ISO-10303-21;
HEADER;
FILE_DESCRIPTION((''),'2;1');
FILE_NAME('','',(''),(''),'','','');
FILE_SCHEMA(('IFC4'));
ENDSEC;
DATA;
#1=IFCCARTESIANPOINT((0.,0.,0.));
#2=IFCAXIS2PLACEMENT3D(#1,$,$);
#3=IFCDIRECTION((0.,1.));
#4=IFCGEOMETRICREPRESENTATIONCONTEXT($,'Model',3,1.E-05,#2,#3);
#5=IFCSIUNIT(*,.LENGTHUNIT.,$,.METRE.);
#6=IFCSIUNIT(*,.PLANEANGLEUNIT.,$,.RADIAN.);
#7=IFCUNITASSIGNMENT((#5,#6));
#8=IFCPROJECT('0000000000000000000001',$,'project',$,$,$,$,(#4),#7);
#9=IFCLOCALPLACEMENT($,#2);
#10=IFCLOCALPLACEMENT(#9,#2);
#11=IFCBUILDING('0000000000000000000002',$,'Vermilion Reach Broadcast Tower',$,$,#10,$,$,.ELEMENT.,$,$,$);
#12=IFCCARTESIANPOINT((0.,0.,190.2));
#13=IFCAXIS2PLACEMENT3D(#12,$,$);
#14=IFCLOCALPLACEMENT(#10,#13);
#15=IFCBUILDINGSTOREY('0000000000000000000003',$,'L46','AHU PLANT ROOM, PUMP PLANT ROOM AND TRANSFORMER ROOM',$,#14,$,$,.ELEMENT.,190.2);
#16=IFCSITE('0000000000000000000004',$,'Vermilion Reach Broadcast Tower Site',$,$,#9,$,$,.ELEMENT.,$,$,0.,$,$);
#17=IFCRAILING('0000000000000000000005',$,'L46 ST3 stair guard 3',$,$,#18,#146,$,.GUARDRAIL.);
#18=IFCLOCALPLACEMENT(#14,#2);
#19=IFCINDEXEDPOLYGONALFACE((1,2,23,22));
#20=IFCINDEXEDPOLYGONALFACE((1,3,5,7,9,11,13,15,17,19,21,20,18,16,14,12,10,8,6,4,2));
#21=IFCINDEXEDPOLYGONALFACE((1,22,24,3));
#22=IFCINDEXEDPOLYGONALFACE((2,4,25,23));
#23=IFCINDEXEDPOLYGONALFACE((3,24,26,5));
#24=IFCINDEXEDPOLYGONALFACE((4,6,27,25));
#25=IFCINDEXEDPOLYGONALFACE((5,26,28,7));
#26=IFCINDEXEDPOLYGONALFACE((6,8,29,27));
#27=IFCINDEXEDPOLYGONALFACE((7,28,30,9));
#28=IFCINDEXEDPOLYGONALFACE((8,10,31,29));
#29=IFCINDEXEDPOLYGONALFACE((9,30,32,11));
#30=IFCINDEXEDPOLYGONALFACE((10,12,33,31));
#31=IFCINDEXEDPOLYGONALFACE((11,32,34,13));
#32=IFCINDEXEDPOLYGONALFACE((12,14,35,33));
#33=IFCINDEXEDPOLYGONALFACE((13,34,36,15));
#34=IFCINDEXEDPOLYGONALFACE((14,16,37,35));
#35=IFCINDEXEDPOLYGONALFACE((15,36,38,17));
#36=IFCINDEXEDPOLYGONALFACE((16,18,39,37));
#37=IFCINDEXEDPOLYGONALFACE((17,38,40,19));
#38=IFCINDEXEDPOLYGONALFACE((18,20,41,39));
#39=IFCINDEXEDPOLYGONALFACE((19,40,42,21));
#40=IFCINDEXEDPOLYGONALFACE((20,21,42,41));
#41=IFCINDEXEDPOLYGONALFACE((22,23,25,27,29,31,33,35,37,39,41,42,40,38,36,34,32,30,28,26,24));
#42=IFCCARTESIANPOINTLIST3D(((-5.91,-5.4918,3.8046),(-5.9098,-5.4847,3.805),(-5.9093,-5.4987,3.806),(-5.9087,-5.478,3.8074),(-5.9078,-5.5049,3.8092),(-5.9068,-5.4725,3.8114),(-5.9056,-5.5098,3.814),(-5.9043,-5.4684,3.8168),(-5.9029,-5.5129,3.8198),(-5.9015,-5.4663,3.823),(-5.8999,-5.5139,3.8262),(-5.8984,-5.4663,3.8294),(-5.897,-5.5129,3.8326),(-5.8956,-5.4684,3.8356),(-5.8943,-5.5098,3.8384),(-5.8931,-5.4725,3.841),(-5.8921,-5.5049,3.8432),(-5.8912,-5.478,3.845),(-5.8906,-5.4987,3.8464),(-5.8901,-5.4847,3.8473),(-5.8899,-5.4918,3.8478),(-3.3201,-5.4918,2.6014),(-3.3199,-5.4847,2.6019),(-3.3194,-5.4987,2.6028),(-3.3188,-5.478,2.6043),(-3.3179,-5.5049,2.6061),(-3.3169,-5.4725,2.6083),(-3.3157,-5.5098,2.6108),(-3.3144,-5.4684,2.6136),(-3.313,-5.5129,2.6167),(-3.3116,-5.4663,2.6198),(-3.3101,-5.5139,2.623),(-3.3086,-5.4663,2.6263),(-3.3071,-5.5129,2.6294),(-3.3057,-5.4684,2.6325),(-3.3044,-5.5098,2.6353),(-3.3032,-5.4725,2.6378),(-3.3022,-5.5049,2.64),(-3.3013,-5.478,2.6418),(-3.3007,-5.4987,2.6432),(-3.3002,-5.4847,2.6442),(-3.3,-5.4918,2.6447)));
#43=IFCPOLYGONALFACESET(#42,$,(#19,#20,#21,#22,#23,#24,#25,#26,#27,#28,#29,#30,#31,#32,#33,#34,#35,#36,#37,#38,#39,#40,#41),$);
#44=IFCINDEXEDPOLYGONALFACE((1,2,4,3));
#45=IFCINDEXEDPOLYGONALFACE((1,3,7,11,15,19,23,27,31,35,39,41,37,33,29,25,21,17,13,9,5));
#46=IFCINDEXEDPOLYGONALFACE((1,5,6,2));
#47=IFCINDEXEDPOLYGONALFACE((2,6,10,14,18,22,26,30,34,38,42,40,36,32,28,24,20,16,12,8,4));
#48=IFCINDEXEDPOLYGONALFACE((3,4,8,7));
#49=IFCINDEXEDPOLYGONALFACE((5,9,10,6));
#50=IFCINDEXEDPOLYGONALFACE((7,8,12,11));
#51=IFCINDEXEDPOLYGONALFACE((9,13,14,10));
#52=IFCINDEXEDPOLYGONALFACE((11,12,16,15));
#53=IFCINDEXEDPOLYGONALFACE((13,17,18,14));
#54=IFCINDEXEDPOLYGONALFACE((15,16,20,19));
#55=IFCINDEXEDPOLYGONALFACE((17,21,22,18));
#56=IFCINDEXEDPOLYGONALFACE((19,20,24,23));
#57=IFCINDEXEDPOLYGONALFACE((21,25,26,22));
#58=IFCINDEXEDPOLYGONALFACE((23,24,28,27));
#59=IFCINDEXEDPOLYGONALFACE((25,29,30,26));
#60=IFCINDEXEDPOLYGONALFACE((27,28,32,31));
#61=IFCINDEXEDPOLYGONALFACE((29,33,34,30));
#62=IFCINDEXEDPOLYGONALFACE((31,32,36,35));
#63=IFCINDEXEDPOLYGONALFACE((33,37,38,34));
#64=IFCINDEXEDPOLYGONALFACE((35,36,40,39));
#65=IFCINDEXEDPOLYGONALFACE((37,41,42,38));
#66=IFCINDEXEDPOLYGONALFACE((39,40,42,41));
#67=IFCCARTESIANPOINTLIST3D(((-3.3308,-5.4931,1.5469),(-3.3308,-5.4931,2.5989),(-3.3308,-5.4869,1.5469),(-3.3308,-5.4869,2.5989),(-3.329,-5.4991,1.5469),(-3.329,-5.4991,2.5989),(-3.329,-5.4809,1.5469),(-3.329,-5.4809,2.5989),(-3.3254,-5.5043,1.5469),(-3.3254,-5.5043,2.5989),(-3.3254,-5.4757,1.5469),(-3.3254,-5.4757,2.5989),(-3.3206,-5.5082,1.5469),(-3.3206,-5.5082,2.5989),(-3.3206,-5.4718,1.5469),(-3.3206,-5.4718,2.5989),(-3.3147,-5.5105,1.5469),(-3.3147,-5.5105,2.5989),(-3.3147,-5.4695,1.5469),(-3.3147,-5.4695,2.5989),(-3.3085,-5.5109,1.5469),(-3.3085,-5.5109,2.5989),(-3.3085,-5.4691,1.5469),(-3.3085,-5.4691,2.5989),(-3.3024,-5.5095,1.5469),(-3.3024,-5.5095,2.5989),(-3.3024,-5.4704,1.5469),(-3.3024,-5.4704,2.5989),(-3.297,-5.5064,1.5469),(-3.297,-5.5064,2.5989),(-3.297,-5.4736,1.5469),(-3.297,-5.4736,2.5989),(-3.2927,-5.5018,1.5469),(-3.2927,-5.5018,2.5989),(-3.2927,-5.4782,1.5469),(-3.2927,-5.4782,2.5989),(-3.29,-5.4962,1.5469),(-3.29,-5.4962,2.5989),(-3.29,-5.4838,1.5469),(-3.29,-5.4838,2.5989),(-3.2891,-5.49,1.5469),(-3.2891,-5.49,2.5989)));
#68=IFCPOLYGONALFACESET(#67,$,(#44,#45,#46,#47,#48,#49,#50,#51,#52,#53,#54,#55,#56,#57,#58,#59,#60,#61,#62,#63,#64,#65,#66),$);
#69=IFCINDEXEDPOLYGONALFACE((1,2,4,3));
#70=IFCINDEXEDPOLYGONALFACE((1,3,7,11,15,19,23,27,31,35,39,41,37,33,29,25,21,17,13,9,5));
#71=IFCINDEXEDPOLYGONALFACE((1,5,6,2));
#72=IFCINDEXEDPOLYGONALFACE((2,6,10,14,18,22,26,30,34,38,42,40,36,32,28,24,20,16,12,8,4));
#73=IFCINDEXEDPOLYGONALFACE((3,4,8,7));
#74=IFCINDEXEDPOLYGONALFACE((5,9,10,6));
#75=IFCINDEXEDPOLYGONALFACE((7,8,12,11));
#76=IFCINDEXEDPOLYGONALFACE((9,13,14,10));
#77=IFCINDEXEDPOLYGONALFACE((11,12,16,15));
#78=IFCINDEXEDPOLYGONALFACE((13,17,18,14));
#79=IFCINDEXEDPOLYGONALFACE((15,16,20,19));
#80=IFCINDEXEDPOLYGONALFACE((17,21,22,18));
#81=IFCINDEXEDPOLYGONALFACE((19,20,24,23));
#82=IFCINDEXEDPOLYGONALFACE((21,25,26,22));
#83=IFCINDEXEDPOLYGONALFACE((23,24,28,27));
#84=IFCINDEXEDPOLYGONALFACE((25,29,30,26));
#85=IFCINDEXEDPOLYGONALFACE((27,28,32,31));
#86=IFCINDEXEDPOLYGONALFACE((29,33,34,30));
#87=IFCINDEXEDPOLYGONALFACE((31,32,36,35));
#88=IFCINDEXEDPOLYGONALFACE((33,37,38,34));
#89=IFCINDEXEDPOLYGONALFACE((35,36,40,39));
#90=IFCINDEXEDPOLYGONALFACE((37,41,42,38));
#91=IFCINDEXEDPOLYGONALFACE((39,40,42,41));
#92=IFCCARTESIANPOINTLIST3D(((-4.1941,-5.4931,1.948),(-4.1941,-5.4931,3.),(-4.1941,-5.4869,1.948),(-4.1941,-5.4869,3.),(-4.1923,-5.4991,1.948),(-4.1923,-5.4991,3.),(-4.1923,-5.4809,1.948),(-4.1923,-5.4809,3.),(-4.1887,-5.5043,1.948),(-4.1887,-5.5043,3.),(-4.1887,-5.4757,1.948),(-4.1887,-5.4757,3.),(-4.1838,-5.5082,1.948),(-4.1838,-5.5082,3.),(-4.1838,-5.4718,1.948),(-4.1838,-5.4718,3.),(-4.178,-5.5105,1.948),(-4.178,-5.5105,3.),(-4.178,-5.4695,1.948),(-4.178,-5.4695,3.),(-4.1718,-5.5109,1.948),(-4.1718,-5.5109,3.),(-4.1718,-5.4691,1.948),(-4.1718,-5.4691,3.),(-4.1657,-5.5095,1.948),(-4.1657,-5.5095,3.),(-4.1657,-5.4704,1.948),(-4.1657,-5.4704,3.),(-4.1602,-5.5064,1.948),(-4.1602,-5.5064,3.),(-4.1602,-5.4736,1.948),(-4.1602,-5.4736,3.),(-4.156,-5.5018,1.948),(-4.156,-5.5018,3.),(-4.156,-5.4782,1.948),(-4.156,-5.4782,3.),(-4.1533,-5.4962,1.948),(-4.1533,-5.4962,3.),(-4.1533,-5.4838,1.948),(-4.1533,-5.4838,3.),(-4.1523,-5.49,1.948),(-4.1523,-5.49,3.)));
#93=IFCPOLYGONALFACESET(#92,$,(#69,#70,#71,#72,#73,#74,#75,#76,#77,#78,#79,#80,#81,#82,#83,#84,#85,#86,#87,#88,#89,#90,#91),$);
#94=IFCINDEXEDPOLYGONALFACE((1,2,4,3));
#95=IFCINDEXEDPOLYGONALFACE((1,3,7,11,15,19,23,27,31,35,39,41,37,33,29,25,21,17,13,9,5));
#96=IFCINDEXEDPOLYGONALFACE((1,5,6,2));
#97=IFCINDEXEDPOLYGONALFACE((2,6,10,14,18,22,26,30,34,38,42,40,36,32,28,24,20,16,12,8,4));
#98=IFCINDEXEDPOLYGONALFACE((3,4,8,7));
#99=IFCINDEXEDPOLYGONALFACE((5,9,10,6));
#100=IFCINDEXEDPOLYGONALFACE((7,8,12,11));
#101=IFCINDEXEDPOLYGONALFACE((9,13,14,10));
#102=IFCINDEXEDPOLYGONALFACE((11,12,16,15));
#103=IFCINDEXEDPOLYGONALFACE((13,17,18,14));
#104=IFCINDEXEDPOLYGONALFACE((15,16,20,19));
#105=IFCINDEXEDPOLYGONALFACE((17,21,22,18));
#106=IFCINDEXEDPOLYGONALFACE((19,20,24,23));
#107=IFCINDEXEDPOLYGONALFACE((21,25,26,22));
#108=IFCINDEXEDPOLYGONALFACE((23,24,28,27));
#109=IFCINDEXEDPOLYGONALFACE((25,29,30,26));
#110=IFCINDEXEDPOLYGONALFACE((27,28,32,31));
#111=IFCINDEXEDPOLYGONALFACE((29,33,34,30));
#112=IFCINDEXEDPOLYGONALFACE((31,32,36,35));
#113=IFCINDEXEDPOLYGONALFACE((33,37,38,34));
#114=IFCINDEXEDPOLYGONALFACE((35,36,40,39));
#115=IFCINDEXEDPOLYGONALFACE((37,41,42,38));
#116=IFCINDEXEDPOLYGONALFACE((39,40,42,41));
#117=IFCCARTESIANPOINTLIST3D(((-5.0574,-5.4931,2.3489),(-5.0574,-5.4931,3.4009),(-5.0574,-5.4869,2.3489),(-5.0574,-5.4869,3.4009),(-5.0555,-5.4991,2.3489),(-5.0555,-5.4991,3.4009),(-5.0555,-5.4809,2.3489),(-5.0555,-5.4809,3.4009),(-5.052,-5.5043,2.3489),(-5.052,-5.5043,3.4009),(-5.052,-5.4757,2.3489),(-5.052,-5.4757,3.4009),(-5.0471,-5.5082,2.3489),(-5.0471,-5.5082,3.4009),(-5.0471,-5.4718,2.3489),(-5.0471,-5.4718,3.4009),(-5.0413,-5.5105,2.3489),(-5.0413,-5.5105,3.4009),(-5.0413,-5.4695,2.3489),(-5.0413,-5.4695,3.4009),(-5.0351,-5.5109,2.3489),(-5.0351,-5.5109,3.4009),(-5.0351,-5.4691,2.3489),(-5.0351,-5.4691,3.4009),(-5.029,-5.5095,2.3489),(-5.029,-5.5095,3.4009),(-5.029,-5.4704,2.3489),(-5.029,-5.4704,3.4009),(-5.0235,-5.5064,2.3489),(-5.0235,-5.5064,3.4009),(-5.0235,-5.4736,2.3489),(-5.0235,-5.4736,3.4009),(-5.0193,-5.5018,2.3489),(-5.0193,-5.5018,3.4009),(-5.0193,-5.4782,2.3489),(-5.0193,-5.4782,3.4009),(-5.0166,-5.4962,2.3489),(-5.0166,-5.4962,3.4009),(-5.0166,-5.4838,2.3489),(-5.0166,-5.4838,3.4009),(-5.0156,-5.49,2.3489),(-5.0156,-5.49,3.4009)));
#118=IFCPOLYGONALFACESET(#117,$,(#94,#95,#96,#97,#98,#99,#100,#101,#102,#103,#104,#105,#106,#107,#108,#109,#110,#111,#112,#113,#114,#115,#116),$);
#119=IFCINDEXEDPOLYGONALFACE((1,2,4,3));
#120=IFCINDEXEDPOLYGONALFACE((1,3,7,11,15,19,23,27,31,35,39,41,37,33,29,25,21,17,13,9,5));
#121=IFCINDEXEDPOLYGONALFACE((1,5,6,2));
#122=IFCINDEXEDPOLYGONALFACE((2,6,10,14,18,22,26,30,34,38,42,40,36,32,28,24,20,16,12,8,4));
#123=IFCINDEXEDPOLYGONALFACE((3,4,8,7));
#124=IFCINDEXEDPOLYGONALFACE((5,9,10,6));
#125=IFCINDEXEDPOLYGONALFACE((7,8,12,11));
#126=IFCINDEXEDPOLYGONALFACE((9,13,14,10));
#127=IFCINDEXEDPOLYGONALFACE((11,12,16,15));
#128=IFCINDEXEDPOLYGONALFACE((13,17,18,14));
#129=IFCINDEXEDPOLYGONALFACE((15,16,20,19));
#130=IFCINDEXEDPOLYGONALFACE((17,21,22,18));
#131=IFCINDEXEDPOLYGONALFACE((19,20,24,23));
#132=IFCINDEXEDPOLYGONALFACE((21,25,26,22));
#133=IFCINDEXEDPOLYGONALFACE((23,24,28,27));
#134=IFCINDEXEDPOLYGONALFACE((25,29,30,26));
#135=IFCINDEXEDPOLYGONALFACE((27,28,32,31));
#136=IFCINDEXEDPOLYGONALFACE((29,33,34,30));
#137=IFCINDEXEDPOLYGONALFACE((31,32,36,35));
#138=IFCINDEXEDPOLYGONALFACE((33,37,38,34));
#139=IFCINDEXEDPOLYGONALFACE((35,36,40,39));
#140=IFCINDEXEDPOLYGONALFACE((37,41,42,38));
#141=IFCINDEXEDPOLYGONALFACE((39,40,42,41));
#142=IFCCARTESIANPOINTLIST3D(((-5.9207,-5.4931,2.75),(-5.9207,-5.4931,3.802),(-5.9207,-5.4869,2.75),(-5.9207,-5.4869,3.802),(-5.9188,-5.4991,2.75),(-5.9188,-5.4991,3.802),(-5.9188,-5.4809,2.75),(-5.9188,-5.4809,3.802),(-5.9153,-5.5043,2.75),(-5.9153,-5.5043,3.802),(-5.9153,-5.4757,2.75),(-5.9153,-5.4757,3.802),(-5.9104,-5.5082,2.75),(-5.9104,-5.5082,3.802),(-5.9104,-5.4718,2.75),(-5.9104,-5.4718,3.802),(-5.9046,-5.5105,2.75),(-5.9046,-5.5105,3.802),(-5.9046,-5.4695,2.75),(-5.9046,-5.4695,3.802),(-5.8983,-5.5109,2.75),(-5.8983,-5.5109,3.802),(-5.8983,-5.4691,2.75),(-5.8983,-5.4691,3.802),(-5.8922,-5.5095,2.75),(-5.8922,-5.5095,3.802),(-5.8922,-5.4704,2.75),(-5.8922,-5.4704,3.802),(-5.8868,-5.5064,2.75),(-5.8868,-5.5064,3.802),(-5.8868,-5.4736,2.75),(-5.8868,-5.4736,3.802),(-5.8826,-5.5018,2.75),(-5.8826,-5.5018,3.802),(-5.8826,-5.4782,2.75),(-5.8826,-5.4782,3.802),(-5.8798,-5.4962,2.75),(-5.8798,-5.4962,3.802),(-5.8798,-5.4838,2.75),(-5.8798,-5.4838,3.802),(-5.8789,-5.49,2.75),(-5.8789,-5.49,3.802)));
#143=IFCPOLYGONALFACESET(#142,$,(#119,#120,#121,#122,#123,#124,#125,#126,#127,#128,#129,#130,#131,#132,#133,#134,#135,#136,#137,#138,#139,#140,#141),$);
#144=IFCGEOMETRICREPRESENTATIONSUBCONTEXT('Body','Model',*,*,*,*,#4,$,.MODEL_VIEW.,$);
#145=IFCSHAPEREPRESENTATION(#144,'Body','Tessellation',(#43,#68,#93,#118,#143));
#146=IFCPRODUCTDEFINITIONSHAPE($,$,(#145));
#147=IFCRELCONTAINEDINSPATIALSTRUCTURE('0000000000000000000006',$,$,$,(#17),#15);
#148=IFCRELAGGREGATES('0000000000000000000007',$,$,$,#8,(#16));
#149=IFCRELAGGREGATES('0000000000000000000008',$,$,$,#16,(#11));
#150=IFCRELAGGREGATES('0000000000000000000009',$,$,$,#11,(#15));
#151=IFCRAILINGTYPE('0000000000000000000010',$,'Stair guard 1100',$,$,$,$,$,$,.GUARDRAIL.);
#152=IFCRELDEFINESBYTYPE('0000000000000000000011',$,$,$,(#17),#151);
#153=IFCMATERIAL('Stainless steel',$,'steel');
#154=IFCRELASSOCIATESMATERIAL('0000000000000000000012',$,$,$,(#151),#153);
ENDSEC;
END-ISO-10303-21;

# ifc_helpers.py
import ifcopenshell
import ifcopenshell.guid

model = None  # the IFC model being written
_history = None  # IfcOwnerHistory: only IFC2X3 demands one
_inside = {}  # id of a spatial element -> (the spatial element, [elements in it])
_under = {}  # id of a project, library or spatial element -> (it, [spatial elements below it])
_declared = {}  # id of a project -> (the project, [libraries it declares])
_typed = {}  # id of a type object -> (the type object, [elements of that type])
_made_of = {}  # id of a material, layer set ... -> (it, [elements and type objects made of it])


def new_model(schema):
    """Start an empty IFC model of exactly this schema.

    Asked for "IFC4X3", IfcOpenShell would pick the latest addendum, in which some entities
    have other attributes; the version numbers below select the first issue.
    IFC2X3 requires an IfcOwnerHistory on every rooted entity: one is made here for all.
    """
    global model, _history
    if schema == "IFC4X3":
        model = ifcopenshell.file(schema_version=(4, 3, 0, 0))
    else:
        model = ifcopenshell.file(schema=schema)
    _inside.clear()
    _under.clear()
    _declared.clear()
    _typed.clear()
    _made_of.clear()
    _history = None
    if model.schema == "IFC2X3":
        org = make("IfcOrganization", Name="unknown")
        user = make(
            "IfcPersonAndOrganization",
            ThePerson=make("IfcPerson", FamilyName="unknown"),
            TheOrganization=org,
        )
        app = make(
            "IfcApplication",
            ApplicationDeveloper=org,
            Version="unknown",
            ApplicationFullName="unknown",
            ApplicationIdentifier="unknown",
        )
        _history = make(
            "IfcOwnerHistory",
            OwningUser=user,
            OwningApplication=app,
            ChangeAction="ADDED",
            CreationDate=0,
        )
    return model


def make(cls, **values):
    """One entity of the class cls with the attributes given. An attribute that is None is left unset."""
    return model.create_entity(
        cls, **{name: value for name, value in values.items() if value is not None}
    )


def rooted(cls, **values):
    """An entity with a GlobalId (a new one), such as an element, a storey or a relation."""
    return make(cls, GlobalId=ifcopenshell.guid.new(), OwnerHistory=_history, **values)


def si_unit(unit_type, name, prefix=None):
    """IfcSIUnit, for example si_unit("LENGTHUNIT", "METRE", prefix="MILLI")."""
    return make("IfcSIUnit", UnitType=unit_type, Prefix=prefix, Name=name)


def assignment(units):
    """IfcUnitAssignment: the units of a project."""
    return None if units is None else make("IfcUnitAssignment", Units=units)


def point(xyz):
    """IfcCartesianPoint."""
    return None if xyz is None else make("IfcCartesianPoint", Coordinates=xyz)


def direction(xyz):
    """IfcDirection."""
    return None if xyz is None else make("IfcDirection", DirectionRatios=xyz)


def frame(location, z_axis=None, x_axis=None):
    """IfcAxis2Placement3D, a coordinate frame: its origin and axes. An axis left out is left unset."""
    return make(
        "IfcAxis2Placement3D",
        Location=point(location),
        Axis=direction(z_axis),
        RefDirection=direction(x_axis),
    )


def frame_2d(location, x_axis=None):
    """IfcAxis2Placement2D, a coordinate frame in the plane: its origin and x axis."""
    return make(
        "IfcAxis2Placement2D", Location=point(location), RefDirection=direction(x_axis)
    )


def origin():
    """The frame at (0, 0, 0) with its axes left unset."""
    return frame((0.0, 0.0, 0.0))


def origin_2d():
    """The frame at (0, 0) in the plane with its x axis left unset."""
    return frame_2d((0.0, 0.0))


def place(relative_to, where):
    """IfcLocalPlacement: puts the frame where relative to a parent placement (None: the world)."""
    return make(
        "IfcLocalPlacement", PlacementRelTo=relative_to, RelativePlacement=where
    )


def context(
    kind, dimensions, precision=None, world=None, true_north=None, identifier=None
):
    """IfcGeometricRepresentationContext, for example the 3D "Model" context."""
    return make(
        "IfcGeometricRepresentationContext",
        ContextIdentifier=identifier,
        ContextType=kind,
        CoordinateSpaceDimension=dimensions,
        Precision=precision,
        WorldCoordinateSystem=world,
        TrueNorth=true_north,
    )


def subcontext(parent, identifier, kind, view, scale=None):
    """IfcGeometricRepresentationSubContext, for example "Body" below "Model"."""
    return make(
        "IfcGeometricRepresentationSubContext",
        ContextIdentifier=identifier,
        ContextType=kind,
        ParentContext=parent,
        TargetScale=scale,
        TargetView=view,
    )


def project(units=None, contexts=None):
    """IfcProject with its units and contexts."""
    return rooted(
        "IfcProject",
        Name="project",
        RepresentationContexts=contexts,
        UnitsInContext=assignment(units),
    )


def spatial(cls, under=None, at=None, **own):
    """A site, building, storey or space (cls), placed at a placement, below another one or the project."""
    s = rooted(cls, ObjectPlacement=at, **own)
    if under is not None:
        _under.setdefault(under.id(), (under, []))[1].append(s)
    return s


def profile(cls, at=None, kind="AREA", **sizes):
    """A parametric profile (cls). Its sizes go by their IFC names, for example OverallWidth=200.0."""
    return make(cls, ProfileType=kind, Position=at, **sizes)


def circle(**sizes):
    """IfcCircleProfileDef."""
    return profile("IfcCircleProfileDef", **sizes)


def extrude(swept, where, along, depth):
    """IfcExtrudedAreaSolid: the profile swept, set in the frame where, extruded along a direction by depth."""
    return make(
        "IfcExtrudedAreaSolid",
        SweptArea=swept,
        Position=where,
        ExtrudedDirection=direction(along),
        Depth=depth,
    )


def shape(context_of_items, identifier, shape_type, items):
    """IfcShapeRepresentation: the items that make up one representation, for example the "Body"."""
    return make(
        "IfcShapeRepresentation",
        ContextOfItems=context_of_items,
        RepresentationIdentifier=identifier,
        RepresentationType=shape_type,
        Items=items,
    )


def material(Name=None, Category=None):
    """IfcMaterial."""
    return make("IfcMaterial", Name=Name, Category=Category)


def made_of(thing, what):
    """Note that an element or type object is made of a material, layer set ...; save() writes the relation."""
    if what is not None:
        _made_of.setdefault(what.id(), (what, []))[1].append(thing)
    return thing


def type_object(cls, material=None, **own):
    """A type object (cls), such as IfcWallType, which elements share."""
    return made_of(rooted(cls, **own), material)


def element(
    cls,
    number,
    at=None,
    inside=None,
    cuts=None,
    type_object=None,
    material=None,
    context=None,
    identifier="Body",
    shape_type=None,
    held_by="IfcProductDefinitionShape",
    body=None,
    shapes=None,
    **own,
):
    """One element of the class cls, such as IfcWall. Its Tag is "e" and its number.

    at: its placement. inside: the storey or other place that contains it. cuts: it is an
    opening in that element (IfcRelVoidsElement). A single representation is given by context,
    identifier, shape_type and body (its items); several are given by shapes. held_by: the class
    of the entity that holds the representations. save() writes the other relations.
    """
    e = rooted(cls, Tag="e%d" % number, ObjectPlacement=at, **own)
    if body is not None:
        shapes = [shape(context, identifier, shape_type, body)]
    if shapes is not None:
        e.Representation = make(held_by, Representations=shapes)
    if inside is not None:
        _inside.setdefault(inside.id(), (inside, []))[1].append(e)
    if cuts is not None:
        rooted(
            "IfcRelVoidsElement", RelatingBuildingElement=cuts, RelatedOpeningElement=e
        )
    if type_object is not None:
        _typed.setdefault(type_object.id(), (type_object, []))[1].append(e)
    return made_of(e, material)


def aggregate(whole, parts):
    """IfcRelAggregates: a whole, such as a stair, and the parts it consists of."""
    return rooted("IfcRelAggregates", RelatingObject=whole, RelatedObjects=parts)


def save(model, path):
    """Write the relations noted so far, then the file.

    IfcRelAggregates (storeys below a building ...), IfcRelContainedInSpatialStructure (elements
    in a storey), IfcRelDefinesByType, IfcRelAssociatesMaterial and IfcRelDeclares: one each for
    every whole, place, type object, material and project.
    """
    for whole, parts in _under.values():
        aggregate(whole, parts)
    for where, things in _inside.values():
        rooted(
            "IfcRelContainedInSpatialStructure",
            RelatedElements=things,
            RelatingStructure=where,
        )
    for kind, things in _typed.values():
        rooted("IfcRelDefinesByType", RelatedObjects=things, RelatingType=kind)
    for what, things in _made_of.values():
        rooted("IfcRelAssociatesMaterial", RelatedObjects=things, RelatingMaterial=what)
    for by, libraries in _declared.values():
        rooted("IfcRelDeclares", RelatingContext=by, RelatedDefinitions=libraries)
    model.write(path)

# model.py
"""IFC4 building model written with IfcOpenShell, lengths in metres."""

from ifc_helpers import new_model, si_unit, direction, frame, origin, origin_2d, place, context, subcontext, project, spatial, circle, extrude, material, type_object, element, save


model = new_model("IFC4")

# Units and contexts
model_context = context("Model", 3, precision=1e-05, world=origin(), true_north=direction((0.0, 1.0)))
body_context = subcontext(model_context, "Body", "Model", "MODEL_VIEW")
ifc_project = project(units=[si_unit("LENGTHUNIT", "METRE"), si_unit("PLANEANGLEUNIT", "RADIAN")], contexts=[model_context])

# Site, building, storey
site_placement = place(None, origin())
site = spatial("IfcSite", under=ifc_project, at=site_placement, Name="Vermilion Reach Broadcast Tower Site", CompositionType="ELEMENT", RefElevation=0.0)
building_placement = place(site_placement, origin())
building = spatial("IfcBuilding", under=site, at=building_placement, Name="Vermilion Reach Broadcast Tower", CompositionType="ELEMENT")
storey_placement = place(building_placement, frame((0.0, 0.0, 190.2)))
storey = spatial("IfcBuildingStorey", under=building, at=storey_placement, Name="L46", Description="AHU PLANT ROOM, PUMP PLANT ROOM AND TRANSFORMER ROOM", CompositionType="ELEMENT", Elevation=190.2)

# Railing
ifc_material_1 = material(Name="Stainless steel", Category="steel")
railing_type_1 = type_object("IfcRailingType", Name="Stair guard 1100", PredefinedType="GUARDRAIL", material=ifc_material_1)
railing_1_placement = place(storey_placement, frame((-3.3101, -5.49, 1.5469)))
element("IfcRailing", 1, at=railing_1_placement, inside=storey, type_object=railing_type_1, Name="L46 ST3 stair guard 3", PredefinedType="GUARDRAIL", context=body_context, shape_type="SweptSolid", body=[
    extrude(circle(Radius=0.0239, at=origin_2d()), frame((0.0, 0.0, 1.0762), z_axis=(-0.906916, 0.0, 0.421312), x_axis=(0.0, -1.0, 0.0)), (0.0, 0.0, 1.0), 2.8557),
    extrude(circle(Radius=0.021, at=origin_2d()), origin(), (0.0, 0.0, 1.0), 1.052),
    extrude(circle(Radius=0.021, at=origin_2d()), frame((-0.8633, 0.0, 0.4011)), (0.0, 0.0, 1.0), 1.052),
    extrude(circle(Radius=0.021, at=origin_2d()), frame((-1.7266, 0.0, 0.802)), (0.0, 0.0, 1.0), 1.052),
    extrude(circle(Radius=0.021, at=origin_2d()), frame((-2.5898, 0.0, 1.2031)), (0.0, 0.0, 1.0), 1.052),
])

save(model, "model.ifc")
